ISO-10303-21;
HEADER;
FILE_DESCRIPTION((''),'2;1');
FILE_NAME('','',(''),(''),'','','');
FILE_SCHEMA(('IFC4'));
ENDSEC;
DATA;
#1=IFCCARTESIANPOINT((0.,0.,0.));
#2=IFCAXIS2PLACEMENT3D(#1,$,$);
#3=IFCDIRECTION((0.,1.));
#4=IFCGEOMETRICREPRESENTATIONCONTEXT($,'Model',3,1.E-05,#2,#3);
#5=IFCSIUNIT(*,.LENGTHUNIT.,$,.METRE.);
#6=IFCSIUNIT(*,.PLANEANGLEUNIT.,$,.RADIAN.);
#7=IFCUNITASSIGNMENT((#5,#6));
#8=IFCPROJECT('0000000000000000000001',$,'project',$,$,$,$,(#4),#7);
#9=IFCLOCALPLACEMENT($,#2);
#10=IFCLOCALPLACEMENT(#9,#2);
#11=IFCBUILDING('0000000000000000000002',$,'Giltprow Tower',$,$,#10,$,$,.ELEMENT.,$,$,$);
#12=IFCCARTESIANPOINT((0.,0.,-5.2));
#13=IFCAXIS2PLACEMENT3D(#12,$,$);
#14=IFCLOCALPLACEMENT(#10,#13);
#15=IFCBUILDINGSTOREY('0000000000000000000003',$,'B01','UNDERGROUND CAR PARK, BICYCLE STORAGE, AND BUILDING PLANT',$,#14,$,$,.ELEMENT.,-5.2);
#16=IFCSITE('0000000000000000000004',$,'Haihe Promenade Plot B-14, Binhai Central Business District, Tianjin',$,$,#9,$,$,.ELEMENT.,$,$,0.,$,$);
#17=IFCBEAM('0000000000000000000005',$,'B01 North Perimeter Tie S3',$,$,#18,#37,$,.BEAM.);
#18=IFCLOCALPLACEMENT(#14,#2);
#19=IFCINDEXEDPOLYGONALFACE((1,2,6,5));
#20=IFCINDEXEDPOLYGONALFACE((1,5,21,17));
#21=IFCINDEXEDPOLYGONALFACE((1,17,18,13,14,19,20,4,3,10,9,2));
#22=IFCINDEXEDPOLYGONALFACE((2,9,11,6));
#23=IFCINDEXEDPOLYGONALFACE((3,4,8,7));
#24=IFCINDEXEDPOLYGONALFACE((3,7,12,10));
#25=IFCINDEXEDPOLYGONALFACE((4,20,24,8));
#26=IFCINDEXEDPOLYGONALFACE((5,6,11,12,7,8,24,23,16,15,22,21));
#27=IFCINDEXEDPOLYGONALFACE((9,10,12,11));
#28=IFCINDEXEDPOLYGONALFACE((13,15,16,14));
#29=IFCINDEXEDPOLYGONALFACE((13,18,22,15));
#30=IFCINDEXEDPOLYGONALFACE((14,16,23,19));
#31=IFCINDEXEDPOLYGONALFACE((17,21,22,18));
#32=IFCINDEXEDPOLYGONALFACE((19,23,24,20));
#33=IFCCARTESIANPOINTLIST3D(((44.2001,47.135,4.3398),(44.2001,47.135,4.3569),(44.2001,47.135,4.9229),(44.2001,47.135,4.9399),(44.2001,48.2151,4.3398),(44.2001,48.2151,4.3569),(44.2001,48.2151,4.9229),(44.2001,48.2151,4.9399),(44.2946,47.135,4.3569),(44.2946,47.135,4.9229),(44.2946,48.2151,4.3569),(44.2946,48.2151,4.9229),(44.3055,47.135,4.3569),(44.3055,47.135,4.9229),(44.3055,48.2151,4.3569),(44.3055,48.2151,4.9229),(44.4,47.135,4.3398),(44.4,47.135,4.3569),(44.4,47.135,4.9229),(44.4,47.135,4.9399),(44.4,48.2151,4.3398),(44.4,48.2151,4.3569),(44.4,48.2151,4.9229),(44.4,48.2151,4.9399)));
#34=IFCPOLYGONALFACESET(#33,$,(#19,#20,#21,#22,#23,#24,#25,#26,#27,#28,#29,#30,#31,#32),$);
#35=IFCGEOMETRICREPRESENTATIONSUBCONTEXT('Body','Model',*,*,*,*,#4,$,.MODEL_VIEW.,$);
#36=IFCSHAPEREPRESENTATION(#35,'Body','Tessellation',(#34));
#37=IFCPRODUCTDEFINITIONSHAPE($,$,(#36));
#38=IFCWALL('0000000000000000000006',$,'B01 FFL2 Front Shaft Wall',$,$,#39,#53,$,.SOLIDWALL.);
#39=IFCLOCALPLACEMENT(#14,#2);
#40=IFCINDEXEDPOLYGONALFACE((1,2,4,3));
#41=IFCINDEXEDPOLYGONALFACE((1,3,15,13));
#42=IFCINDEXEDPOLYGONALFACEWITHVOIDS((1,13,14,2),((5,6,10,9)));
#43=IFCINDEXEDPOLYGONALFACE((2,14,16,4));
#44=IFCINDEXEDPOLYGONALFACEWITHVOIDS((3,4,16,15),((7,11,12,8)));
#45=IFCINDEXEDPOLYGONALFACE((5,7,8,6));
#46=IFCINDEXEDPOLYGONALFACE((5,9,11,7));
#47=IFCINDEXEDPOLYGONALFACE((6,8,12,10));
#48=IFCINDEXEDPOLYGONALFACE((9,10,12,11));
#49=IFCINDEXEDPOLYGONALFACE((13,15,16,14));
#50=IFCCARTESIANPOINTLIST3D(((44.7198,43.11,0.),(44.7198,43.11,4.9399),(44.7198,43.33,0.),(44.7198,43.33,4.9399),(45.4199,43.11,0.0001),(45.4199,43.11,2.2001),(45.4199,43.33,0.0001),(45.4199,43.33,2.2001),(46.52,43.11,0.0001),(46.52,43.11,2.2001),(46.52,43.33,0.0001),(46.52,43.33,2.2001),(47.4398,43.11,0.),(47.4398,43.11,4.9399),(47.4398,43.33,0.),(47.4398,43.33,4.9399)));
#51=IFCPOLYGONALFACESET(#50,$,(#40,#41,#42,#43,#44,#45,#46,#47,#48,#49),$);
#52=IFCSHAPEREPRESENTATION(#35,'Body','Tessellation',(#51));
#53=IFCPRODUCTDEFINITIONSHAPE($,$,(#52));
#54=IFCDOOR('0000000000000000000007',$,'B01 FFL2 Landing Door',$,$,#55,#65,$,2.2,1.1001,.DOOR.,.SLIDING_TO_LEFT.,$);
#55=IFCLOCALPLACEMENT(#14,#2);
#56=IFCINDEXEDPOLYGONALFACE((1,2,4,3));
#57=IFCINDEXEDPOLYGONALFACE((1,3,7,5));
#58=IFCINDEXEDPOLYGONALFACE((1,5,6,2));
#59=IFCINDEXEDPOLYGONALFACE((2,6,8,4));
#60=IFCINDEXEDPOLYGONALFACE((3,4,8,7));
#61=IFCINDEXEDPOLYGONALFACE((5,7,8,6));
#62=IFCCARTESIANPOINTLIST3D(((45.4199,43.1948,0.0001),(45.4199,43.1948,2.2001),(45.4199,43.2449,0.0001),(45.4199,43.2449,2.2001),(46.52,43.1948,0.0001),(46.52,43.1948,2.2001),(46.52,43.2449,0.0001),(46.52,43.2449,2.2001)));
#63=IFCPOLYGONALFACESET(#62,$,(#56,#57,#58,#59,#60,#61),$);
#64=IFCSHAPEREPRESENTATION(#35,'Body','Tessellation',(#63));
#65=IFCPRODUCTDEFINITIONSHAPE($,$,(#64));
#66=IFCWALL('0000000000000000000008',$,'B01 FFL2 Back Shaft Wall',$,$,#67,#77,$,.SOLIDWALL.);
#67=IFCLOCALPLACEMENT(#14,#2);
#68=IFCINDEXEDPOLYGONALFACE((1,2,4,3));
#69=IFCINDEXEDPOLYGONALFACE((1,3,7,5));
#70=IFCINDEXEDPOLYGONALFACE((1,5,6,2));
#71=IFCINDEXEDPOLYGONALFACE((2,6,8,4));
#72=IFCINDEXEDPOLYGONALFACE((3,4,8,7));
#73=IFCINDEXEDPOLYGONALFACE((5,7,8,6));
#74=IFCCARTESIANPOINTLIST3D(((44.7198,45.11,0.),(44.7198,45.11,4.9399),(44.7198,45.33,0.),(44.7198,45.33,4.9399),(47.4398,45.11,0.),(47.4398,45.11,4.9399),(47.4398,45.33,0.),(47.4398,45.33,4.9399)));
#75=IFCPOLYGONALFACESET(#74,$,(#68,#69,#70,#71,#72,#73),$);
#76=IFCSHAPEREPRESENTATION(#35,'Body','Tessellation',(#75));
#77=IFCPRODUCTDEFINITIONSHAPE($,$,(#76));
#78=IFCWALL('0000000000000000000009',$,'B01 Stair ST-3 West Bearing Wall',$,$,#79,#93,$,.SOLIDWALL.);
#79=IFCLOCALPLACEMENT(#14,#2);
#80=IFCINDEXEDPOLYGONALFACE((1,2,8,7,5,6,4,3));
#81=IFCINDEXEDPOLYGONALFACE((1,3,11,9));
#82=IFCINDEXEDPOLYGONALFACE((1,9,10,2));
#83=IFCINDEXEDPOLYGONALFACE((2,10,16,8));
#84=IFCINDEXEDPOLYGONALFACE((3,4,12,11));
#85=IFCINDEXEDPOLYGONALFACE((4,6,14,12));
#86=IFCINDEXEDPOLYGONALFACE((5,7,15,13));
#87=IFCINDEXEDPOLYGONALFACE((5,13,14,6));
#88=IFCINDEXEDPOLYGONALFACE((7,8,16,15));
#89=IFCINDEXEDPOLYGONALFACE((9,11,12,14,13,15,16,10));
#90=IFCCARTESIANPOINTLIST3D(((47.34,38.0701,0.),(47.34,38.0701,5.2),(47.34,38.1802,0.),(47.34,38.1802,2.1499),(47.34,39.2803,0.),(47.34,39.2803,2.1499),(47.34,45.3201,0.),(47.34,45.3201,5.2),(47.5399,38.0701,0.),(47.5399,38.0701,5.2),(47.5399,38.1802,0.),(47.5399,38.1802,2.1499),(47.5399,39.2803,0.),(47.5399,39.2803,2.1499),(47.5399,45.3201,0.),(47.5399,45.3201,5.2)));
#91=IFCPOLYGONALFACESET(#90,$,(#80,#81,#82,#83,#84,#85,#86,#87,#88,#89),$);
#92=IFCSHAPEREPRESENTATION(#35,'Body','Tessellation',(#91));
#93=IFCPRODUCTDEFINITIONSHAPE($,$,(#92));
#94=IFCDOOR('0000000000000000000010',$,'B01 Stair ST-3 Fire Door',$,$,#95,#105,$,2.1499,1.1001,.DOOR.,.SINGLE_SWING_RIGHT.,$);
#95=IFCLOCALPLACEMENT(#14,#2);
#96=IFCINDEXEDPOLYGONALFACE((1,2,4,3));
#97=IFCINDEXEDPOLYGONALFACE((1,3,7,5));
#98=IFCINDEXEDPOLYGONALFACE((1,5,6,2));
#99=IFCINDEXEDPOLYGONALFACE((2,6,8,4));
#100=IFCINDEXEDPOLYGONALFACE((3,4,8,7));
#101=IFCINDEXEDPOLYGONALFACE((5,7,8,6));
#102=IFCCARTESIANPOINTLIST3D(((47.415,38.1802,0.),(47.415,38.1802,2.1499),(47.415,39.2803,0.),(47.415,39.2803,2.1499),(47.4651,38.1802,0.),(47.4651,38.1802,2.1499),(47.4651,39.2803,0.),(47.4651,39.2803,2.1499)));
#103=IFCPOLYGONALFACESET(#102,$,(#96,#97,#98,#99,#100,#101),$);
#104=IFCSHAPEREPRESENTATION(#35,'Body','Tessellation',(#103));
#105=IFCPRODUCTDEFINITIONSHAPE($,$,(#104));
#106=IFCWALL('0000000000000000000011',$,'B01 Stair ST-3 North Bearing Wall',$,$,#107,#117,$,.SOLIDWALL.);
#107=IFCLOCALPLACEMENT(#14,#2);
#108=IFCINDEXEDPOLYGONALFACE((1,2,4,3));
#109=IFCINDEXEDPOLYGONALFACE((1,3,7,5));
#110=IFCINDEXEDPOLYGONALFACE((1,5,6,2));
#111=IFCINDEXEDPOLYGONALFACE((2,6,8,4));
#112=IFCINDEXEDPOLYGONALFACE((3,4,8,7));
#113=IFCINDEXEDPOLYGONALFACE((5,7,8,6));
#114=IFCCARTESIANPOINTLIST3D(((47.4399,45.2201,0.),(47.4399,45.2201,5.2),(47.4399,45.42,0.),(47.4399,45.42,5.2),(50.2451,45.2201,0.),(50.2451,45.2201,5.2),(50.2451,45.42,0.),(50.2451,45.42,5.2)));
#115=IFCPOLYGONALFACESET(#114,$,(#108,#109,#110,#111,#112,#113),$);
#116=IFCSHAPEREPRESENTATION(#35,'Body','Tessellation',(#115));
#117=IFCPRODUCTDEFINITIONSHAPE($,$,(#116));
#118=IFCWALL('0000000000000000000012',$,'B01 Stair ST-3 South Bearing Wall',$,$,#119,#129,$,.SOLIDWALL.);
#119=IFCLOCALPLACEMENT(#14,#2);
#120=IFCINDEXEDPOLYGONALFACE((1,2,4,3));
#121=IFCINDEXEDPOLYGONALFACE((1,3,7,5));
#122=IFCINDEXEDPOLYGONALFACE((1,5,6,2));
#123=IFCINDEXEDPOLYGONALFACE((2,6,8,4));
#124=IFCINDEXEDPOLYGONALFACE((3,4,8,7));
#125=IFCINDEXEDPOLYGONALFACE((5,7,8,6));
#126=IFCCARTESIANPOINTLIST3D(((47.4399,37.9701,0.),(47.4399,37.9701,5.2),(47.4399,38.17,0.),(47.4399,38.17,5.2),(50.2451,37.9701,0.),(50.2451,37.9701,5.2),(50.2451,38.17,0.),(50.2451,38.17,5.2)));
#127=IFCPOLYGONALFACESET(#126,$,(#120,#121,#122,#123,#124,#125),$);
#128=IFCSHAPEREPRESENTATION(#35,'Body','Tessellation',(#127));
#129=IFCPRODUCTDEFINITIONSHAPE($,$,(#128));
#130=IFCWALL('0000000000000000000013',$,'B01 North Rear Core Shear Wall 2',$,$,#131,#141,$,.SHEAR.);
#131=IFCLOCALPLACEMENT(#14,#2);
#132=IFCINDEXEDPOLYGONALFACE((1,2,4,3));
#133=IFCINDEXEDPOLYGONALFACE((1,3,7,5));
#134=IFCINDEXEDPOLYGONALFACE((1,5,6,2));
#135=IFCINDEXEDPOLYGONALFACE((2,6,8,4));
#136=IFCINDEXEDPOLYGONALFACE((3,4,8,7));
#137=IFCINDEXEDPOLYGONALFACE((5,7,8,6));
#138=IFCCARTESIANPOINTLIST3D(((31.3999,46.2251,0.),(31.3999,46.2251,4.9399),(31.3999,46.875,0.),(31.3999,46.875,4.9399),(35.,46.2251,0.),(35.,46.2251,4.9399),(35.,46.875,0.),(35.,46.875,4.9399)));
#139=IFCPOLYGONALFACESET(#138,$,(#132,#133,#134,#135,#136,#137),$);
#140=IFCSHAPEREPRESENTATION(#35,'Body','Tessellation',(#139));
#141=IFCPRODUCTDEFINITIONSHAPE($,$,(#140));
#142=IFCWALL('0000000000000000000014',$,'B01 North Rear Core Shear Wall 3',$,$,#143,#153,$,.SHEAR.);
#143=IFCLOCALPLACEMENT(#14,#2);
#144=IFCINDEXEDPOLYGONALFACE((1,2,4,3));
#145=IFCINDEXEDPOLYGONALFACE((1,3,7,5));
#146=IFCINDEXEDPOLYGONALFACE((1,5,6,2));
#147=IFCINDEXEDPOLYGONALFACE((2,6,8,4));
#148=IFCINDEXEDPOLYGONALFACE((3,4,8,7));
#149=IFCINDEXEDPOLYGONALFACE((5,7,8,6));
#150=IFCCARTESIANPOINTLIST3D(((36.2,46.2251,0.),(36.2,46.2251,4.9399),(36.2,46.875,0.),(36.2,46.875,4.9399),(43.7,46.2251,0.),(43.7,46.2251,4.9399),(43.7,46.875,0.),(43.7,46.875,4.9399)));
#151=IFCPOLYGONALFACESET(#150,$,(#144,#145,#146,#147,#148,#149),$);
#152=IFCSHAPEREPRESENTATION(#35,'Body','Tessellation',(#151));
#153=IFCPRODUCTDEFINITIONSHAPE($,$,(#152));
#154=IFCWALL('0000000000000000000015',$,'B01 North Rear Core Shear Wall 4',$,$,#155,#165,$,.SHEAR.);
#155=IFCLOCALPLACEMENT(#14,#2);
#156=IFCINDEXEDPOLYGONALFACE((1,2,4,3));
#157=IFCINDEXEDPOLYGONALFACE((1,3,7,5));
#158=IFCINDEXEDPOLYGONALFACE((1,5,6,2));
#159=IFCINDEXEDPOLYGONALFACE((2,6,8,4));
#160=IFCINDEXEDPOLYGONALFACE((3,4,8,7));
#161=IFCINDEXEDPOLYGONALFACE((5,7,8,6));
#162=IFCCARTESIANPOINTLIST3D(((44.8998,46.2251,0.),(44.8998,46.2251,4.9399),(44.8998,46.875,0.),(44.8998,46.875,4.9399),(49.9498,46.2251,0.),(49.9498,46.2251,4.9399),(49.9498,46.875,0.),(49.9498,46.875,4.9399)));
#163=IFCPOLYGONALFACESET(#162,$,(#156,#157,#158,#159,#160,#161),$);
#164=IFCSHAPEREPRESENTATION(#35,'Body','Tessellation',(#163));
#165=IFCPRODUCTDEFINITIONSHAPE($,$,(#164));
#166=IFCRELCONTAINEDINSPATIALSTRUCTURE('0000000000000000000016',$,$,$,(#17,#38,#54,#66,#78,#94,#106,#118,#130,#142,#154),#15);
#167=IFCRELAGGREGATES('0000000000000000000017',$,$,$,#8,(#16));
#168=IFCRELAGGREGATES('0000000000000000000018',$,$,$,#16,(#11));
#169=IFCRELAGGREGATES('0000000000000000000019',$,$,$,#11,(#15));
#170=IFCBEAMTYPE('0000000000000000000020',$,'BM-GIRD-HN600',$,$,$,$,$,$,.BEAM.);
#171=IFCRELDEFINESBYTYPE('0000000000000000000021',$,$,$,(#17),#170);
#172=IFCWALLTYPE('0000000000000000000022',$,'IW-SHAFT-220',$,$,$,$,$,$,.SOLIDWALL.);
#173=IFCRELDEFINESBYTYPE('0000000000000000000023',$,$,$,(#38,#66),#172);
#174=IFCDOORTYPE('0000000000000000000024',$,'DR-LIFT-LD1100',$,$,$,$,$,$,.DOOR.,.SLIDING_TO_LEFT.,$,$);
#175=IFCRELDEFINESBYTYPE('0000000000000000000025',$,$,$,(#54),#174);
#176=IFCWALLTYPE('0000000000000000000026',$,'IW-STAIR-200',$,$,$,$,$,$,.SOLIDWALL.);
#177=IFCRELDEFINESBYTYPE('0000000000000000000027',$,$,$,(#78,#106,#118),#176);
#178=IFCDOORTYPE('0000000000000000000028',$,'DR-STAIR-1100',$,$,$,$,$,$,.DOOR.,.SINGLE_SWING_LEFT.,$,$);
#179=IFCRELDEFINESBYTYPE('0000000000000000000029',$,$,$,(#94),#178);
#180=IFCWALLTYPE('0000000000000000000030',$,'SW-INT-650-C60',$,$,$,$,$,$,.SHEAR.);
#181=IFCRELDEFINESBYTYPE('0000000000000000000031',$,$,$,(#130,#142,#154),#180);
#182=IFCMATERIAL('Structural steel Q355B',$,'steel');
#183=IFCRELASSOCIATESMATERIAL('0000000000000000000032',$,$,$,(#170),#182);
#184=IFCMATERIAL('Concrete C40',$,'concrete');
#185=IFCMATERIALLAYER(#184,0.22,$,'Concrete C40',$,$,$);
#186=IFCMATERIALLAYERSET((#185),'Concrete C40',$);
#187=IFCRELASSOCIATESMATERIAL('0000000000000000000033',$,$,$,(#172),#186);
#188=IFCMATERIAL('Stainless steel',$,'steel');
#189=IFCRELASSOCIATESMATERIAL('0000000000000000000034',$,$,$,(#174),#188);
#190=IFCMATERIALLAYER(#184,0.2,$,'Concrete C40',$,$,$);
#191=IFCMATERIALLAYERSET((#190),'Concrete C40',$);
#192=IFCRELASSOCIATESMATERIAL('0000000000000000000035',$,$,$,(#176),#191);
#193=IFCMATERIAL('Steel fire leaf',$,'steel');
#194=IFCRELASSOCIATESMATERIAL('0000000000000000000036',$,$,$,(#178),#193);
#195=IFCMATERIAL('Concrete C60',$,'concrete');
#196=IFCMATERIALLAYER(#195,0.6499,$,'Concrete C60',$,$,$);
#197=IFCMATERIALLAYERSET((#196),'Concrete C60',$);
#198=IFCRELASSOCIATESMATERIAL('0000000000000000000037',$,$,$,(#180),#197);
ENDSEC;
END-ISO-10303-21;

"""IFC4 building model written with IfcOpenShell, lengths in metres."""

from ifc_helpers import new_model, si_unit, direction, frame, frame_2d, origin, origin_2d, place, context, subcontext, project, spatial, rectangle, i_section, extrude, source, transform, mapped, material, layer, layer_set, material_profile, profile_set, type_object, element, fill, save


model = new_model("IFC4")

# Units and contexts
model_context = context("Model", 3, precision=1e-05, world=origin(), true_north=direction((0.0, 1.0)))
body_context = subcontext(model_context, "Body", "Model", "MODEL_VIEW")
ifc_project = project(units=[si_unit("LENGTHUNIT", "METRE"), si_unit("PLANEANGLEUNIT", "RADIAN")], contexts=[model_context])

# Site, building, storey
site_placement = place(None, origin())
site = spatial("IfcSite", under=ifc_project, at=site_placement, Name="Haihe Promenade Plot B-14, Binhai Central Business District, Tianjin", CompositionType="ELEMENT", RefElevation=0.0)
building_placement = place(site_placement, origin())
building = spatial("IfcBuilding", under=site, at=building_placement, Name="Giltprow Tower", CompositionType="ELEMENT")
storey_placement = place(building_placement, frame((0.0, 0.0, -5.2)))
storey = spatial("IfcBuildingStorey", under=building, at=storey_placement, Name="B01", Description="UNDERGROUND CAR PARK, BICYCLE STORAGE, AND BUILDING PLANT", CompositionType="ELEMENT", Elevation=-5.2)

# Shared definitions
ifc_material_1 = material(Name="Concrete C60", Category="concrete")

# Beam
ifc_material_2 = material(Name="Structural steel Q355B", Category="steel")
ifc_material_profile_1 = material_profile(ifc_material_2, i_section(OverallWidth=0.2, OverallDepth=0.6001, WebThickness=0.011, FlangeThickness=0.0171, at=origin_2d()), Name="HN 600x200x11x17")
ifc_profile_set_1 = profile_set([ifc_material_profile_1], Name="Structural steel Q355B")
beam_type_1 = type_object("IfcBeamType", Name="BM-GIRD-HN600", PredefinedType="BEAM", material=ifc_profile_set_1)
shared_shape_1 = source(origin(), body_context, "Body", "SweptSolid", [
    extrude(i_section(OverallWidth=0.2, OverallDepth=0.6001, WebThickness=0.011, FlangeThickness=0.0171, at=origin_2d()), origin(), (0.0, 0.0, 1.0), 1.0801),
])
for number, where, z_axis, x_axis, name in (
    (1, (44.3, 47.135, 4.6399), (0.0, 1.0, 0.0), (-1.0, 0.0, 0.0), "B01 North Perimeter Tie S3"),
):
    element("IfcBeam", number, at=place(storey_placement, frame(where, z_axis=z_axis, x_axis=x_axis)), inside=storey, type_object=beam_type_1, Name=name, PredefinedType="BEAM", context=body_context, shape_type="MappedRepresentation", body=[
        mapped(shared_shape_1, transform((0.0, 0.0, 0.0), x_axis=(1.0, 0.0, 0.0), y_axis=(0.0, 1.0, 0.0), z_axis=(0.0, 0.0, 1.0), scale=1.0)),
    ])

# Wall, opening, door
ifc_material_3 = material(Name="Concrete C40", Category="concrete")
ifc_layer_1 = layer(ifc_material_3, 0.22, Name="Concrete C40")
ifc_layer_set_1 = layer_set([ifc_layer_1], Name="Concrete C40")
wall_type_1 = type_object("IfcWallType", Name="IW-SHAFT-220", PredefinedType="SOLIDWALL", material=ifc_layer_set_1)
wall_1_placement = place(storey_placement, frame((44.72, 43.22, 0.0), z_axis=(0.0, 0.0, 1.0), x_axis=(1.0, 0.0, 0.0)))
wall_1 = element("IfcWall", 2, at=wall_1_placement, inside=storey, type_object=wall_type_1, Name="B01 FFL2 Front Shaft Wall", PredefinedType="SOLIDWALL", context=body_context, shape_type="SweptSolid", body=[
    extrude(rectangle(XDim=2.72, YDim=0.22, at=frame_2d((1.3599, 0.0))), origin(), (0.0, 0.0, 1.0), 4.9399),
])
opening_1_placement = place(wall_1_placement, frame((0.7, 0.0, 0.0)))
opening_1 = element("IfcOpeningElement", 3, at=opening_1_placement, cuts=wall_1, PredefinedType="OPENING", context=body_context, shape_type="SweptSolid", body=[
    extrude(rectangle(XDim=1.1001, YDim=2.2, at=frame_2d((0.55, 1.1001))), frame((0.0, 0.1199, 0.0), z_axis=(0.0, -1.0, 0.0), x_axis=(1.0, 0.0, 0.0)), (0.0, 0.0, 1.0), 0.24),
])
ifc_material_4 = material(Name="Stainless steel", Category="steel")
door_type_1 = type_object("IfcDoorType", Name="DR-LIFT-LD1100", OperationType="SLIDING_TO_LEFT", PredefinedType="DOOR", material=ifc_material_4)
shared_shape_2 = source(origin(), body_context, "Body", "SweptSolid", [
    extrude(rectangle(XDim=1.1001, YDim=2.2, at=frame_2d((0.55, 1.1001))), frame((0.0, 0.0249, 0.0), z_axis=(0.0, -1.0, 0.0), x_axis=(1.0, 0.0, 0.0)), (0.0, 0.0, 1.0), 0.05),
])
door_1_placement = place(opening_1_placement, origin())
door_1 = element("IfcDoor", 4, at=door_1_placement, inside=storey, type_object=door_type_1, Name="B01 FFL2 Landing Door", OperationType="SLIDING_TO_LEFT", OverallHeight=2.2, OverallWidth=1.1001, PredefinedType="DOOR", context=body_context, shape_type="MappedRepresentation", body=[
    mapped(shared_shape_2, transform((0.0, 0.0, 0.0), x_axis=(1.0, 0.0, 0.0), y_axis=(0.0, 1.0, 0.0), z_axis=(0.0, 0.0, 1.0), scale=1.0)),
])
fill(opening_1, door_1)

# Wall
wall_2_placement = place(storey_placement, frame((44.72, 45.22, 0.0), z_axis=(0.0, 0.0, 1.0), x_axis=(1.0, 0.0, 0.0)))
element("IfcWall", 5, at=wall_2_placement, inside=storey, type_object=wall_type_1, Name="B01 FFL2 Back Shaft Wall", PredefinedType="SOLIDWALL", context=body_context, shape_type="SweptSolid", body=[
    extrude(rectangle(XDim=2.72, YDim=0.22, at=frame_2d((1.3599, 0.0))), origin(), (0.0, 0.0, 1.0), 4.9399),
])

# Wall, opening, door
ifc_layer_2 = layer(ifc_material_3, 0.2, Name="Concrete C40")
ifc_layer_set_2 = layer_set([ifc_layer_2], Name="Concrete C40")
wall_type_2 = type_object("IfcWallType", Name="IW-STAIR-200", PredefinedType="SOLIDWALL", material=ifc_layer_set_2)
wall_3_placement = place(storey_placement, frame((47.4399, 38.0701, 0.0), z_axis=(0.0, 0.0, 1.0), x_axis=(0.0, 1.0, 0.0)))
wall_3 = element("IfcWall", 6, at=wall_3_placement, inside=storey, type_object=wall_type_2, Name="B01 Stair ST-3 West Bearing Wall", PredefinedType="SOLIDWALL", context=body_context, shape_type="SweptSolid", body=[
    extrude(rectangle(XDim=7.25, YDim=0.2, at=frame_2d((3.625, 0.0))), origin(), (0.0, 0.0, 1.0), 5.2),
])
opening_2_placement = place(wall_3_placement, frame((0.1101, 0.0, 0.0)))
opening_2 = element("IfcOpeningElement", 7, at=opening_2_placement, cuts=wall_3, PredefinedType="OPENING", context=body_context, shape_type="SweptSolid", body=[
    extrude(rectangle(XDim=1.1001, YDim=2.1499, at=frame_2d((0.55, 1.075))), frame((0.0, 0.1099, 0.0), z_axis=(0.0, -1.0, 0.0), x_axis=(1.0, 0.0, 0.0)), (0.0, 0.0, 1.0), 0.22),
])
ifc_material_5 = material(Name="Steel fire leaf", Category="steel")
door_type_2 = type_object("IfcDoorType", Name="DR-STAIR-1100", OperationType="SINGLE_SWING_LEFT", PredefinedType="DOOR", material=ifc_material_5)
shared_shape_3 = source(origin(), body_context, "Body", "SweptSolid", [
    extrude(rectangle(XDim=1.1001, YDim=2.1499, at=frame_2d((0.55, 1.075))), frame((0.0, 0.0249, 0.0), z_axis=(0.0, -1.0, 0.0), x_axis=(1.0, 0.0, 0.0)), (0.0, 0.0, 1.0), 0.05),
])
door_2_placement = place(opening_2_placement, origin())
door_2 = element("IfcDoor", 8, at=door_2_placement, inside=storey, type_object=door_type_2, Name="B01 Stair ST-3 Fire Door", OperationType="SINGLE_SWING_RIGHT", OverallHeight=2.1499, OverallWidth=1.1001, PredefinedType="DOOR", context=body_context, shape_type="MappedRepresentation", body=[
    mapped(shared_shape_3, transform((0.0, 0.0, 0.0), x_axis=(1.0, 0.0, 0.0), y_axis=(0.0, 1.0, 0.0), z_axis=(0.0, 0.0, 1.0), scale=1.0)),
])
fill(opening_2, door_2)

# Walls
for number, where, z_axis, x_axis, name in (
    (9, (47.4399, 45.3201, 0.0), (0.0, 0.0, 1.0), (1.0, 0.0, 0.0), "B01 Stair ST-3 North Bearing Wall"),
    (10, (47.4399, 38.0701, 0.0), (0.0, 0.0, 1.0), (1.0, 0.0, 0.0), "B01 Stair ST-3 South Bearing Wall"),
):
    element("IfcWall", number, at=place(storey_placement, frame(where, z_axis=z_axis, x_axis=x_axis)), inside=storey, type_object=wall_type_2, Name=name, PredefinedType="SOLIDWALL", context=body_context, shape_type="SweptSolid", body=[
        extrude(rectangle(XDim=2.8052, YDim=0.2, at=frame_2d((1.4026, 0.0))), origin(), (0.0, 0.0, 1.0), 5.2),
    ])
ifc_layer_3 = layer(ifc_material_1, 0.6499, Name="Concrete C60")
ifc_layer_set_3 = layer_set([ifc_layer_3], Name="Concrete C60")
wall_type_3 = type_object("IfcWallType", Name="SW-INT-650-C60", PredefinedType="SHEAR", material=ifc_layer_set_3)
wall_4_placement = place(storey_placement, frame((31.3999, 46.55, 0.0), z_axis=(0.0, 0.0, 1.0), x_axis=(1.0, 0.0, 0.0)))
element("IfcWall", 11, at=wall_4_placement, inside=storey, type_object=wall_type_3, Name="B01 North Rear Core Shear Wall 2", PredefinedType="SHEAR", context=body_context, shape_type="SweptSolid", body=[
    extrude(rectangle(XDim=3.6001, YDim=0.6499, at=frame_2d((1.8, 0.0))), origin(), (0.0, 0.0, 1.0), 4.9399),
])
wall_5_placement = place(storey_placement, frame((36.2, 46.55, 0.0), z_axis=(0.0, 0.0, 1.0), x_axis=(1.0, 0.0, 0.0)))
element("IfcWall", 12, at=wall_5_placement, inside=storey, type_object=wall_type_3, Name="B01 North Rear Core Shear Wall 3", PredefinedType="SHEAR", context=body_context, shape_type="SweptSolid", body=[
    extrude(rectangle(XDim=7.5, YDim=0.6499, at=frame_2d((3.75, 0.0))), origin(), (0.0, 0.0, 1.0), 4.9399),
])
wall_6_placement = place(storey_placement, frame((44.8999, 46.55, 0.0), z_axis=(0.0, 0.0, 1.0), x_axis=(1.0, 0.0, 0.0)))
element("IfcWall", 13, at=wall_6_placement, inside=storey, type_object=wall_type_3, Name="B01 North Rear Core Shear Wall 4", PredefinedType="SHEAR", context=body_context, shape_type="SweptSolid", body=[
    extrude(rectangle(XDim=5.05, YDim=0.6499, at=frame_2d((2.5249, 0.0))), origin(), (0.0, 0.0, 1.0), 4.9399),
])

save(model, "model.ifc")
